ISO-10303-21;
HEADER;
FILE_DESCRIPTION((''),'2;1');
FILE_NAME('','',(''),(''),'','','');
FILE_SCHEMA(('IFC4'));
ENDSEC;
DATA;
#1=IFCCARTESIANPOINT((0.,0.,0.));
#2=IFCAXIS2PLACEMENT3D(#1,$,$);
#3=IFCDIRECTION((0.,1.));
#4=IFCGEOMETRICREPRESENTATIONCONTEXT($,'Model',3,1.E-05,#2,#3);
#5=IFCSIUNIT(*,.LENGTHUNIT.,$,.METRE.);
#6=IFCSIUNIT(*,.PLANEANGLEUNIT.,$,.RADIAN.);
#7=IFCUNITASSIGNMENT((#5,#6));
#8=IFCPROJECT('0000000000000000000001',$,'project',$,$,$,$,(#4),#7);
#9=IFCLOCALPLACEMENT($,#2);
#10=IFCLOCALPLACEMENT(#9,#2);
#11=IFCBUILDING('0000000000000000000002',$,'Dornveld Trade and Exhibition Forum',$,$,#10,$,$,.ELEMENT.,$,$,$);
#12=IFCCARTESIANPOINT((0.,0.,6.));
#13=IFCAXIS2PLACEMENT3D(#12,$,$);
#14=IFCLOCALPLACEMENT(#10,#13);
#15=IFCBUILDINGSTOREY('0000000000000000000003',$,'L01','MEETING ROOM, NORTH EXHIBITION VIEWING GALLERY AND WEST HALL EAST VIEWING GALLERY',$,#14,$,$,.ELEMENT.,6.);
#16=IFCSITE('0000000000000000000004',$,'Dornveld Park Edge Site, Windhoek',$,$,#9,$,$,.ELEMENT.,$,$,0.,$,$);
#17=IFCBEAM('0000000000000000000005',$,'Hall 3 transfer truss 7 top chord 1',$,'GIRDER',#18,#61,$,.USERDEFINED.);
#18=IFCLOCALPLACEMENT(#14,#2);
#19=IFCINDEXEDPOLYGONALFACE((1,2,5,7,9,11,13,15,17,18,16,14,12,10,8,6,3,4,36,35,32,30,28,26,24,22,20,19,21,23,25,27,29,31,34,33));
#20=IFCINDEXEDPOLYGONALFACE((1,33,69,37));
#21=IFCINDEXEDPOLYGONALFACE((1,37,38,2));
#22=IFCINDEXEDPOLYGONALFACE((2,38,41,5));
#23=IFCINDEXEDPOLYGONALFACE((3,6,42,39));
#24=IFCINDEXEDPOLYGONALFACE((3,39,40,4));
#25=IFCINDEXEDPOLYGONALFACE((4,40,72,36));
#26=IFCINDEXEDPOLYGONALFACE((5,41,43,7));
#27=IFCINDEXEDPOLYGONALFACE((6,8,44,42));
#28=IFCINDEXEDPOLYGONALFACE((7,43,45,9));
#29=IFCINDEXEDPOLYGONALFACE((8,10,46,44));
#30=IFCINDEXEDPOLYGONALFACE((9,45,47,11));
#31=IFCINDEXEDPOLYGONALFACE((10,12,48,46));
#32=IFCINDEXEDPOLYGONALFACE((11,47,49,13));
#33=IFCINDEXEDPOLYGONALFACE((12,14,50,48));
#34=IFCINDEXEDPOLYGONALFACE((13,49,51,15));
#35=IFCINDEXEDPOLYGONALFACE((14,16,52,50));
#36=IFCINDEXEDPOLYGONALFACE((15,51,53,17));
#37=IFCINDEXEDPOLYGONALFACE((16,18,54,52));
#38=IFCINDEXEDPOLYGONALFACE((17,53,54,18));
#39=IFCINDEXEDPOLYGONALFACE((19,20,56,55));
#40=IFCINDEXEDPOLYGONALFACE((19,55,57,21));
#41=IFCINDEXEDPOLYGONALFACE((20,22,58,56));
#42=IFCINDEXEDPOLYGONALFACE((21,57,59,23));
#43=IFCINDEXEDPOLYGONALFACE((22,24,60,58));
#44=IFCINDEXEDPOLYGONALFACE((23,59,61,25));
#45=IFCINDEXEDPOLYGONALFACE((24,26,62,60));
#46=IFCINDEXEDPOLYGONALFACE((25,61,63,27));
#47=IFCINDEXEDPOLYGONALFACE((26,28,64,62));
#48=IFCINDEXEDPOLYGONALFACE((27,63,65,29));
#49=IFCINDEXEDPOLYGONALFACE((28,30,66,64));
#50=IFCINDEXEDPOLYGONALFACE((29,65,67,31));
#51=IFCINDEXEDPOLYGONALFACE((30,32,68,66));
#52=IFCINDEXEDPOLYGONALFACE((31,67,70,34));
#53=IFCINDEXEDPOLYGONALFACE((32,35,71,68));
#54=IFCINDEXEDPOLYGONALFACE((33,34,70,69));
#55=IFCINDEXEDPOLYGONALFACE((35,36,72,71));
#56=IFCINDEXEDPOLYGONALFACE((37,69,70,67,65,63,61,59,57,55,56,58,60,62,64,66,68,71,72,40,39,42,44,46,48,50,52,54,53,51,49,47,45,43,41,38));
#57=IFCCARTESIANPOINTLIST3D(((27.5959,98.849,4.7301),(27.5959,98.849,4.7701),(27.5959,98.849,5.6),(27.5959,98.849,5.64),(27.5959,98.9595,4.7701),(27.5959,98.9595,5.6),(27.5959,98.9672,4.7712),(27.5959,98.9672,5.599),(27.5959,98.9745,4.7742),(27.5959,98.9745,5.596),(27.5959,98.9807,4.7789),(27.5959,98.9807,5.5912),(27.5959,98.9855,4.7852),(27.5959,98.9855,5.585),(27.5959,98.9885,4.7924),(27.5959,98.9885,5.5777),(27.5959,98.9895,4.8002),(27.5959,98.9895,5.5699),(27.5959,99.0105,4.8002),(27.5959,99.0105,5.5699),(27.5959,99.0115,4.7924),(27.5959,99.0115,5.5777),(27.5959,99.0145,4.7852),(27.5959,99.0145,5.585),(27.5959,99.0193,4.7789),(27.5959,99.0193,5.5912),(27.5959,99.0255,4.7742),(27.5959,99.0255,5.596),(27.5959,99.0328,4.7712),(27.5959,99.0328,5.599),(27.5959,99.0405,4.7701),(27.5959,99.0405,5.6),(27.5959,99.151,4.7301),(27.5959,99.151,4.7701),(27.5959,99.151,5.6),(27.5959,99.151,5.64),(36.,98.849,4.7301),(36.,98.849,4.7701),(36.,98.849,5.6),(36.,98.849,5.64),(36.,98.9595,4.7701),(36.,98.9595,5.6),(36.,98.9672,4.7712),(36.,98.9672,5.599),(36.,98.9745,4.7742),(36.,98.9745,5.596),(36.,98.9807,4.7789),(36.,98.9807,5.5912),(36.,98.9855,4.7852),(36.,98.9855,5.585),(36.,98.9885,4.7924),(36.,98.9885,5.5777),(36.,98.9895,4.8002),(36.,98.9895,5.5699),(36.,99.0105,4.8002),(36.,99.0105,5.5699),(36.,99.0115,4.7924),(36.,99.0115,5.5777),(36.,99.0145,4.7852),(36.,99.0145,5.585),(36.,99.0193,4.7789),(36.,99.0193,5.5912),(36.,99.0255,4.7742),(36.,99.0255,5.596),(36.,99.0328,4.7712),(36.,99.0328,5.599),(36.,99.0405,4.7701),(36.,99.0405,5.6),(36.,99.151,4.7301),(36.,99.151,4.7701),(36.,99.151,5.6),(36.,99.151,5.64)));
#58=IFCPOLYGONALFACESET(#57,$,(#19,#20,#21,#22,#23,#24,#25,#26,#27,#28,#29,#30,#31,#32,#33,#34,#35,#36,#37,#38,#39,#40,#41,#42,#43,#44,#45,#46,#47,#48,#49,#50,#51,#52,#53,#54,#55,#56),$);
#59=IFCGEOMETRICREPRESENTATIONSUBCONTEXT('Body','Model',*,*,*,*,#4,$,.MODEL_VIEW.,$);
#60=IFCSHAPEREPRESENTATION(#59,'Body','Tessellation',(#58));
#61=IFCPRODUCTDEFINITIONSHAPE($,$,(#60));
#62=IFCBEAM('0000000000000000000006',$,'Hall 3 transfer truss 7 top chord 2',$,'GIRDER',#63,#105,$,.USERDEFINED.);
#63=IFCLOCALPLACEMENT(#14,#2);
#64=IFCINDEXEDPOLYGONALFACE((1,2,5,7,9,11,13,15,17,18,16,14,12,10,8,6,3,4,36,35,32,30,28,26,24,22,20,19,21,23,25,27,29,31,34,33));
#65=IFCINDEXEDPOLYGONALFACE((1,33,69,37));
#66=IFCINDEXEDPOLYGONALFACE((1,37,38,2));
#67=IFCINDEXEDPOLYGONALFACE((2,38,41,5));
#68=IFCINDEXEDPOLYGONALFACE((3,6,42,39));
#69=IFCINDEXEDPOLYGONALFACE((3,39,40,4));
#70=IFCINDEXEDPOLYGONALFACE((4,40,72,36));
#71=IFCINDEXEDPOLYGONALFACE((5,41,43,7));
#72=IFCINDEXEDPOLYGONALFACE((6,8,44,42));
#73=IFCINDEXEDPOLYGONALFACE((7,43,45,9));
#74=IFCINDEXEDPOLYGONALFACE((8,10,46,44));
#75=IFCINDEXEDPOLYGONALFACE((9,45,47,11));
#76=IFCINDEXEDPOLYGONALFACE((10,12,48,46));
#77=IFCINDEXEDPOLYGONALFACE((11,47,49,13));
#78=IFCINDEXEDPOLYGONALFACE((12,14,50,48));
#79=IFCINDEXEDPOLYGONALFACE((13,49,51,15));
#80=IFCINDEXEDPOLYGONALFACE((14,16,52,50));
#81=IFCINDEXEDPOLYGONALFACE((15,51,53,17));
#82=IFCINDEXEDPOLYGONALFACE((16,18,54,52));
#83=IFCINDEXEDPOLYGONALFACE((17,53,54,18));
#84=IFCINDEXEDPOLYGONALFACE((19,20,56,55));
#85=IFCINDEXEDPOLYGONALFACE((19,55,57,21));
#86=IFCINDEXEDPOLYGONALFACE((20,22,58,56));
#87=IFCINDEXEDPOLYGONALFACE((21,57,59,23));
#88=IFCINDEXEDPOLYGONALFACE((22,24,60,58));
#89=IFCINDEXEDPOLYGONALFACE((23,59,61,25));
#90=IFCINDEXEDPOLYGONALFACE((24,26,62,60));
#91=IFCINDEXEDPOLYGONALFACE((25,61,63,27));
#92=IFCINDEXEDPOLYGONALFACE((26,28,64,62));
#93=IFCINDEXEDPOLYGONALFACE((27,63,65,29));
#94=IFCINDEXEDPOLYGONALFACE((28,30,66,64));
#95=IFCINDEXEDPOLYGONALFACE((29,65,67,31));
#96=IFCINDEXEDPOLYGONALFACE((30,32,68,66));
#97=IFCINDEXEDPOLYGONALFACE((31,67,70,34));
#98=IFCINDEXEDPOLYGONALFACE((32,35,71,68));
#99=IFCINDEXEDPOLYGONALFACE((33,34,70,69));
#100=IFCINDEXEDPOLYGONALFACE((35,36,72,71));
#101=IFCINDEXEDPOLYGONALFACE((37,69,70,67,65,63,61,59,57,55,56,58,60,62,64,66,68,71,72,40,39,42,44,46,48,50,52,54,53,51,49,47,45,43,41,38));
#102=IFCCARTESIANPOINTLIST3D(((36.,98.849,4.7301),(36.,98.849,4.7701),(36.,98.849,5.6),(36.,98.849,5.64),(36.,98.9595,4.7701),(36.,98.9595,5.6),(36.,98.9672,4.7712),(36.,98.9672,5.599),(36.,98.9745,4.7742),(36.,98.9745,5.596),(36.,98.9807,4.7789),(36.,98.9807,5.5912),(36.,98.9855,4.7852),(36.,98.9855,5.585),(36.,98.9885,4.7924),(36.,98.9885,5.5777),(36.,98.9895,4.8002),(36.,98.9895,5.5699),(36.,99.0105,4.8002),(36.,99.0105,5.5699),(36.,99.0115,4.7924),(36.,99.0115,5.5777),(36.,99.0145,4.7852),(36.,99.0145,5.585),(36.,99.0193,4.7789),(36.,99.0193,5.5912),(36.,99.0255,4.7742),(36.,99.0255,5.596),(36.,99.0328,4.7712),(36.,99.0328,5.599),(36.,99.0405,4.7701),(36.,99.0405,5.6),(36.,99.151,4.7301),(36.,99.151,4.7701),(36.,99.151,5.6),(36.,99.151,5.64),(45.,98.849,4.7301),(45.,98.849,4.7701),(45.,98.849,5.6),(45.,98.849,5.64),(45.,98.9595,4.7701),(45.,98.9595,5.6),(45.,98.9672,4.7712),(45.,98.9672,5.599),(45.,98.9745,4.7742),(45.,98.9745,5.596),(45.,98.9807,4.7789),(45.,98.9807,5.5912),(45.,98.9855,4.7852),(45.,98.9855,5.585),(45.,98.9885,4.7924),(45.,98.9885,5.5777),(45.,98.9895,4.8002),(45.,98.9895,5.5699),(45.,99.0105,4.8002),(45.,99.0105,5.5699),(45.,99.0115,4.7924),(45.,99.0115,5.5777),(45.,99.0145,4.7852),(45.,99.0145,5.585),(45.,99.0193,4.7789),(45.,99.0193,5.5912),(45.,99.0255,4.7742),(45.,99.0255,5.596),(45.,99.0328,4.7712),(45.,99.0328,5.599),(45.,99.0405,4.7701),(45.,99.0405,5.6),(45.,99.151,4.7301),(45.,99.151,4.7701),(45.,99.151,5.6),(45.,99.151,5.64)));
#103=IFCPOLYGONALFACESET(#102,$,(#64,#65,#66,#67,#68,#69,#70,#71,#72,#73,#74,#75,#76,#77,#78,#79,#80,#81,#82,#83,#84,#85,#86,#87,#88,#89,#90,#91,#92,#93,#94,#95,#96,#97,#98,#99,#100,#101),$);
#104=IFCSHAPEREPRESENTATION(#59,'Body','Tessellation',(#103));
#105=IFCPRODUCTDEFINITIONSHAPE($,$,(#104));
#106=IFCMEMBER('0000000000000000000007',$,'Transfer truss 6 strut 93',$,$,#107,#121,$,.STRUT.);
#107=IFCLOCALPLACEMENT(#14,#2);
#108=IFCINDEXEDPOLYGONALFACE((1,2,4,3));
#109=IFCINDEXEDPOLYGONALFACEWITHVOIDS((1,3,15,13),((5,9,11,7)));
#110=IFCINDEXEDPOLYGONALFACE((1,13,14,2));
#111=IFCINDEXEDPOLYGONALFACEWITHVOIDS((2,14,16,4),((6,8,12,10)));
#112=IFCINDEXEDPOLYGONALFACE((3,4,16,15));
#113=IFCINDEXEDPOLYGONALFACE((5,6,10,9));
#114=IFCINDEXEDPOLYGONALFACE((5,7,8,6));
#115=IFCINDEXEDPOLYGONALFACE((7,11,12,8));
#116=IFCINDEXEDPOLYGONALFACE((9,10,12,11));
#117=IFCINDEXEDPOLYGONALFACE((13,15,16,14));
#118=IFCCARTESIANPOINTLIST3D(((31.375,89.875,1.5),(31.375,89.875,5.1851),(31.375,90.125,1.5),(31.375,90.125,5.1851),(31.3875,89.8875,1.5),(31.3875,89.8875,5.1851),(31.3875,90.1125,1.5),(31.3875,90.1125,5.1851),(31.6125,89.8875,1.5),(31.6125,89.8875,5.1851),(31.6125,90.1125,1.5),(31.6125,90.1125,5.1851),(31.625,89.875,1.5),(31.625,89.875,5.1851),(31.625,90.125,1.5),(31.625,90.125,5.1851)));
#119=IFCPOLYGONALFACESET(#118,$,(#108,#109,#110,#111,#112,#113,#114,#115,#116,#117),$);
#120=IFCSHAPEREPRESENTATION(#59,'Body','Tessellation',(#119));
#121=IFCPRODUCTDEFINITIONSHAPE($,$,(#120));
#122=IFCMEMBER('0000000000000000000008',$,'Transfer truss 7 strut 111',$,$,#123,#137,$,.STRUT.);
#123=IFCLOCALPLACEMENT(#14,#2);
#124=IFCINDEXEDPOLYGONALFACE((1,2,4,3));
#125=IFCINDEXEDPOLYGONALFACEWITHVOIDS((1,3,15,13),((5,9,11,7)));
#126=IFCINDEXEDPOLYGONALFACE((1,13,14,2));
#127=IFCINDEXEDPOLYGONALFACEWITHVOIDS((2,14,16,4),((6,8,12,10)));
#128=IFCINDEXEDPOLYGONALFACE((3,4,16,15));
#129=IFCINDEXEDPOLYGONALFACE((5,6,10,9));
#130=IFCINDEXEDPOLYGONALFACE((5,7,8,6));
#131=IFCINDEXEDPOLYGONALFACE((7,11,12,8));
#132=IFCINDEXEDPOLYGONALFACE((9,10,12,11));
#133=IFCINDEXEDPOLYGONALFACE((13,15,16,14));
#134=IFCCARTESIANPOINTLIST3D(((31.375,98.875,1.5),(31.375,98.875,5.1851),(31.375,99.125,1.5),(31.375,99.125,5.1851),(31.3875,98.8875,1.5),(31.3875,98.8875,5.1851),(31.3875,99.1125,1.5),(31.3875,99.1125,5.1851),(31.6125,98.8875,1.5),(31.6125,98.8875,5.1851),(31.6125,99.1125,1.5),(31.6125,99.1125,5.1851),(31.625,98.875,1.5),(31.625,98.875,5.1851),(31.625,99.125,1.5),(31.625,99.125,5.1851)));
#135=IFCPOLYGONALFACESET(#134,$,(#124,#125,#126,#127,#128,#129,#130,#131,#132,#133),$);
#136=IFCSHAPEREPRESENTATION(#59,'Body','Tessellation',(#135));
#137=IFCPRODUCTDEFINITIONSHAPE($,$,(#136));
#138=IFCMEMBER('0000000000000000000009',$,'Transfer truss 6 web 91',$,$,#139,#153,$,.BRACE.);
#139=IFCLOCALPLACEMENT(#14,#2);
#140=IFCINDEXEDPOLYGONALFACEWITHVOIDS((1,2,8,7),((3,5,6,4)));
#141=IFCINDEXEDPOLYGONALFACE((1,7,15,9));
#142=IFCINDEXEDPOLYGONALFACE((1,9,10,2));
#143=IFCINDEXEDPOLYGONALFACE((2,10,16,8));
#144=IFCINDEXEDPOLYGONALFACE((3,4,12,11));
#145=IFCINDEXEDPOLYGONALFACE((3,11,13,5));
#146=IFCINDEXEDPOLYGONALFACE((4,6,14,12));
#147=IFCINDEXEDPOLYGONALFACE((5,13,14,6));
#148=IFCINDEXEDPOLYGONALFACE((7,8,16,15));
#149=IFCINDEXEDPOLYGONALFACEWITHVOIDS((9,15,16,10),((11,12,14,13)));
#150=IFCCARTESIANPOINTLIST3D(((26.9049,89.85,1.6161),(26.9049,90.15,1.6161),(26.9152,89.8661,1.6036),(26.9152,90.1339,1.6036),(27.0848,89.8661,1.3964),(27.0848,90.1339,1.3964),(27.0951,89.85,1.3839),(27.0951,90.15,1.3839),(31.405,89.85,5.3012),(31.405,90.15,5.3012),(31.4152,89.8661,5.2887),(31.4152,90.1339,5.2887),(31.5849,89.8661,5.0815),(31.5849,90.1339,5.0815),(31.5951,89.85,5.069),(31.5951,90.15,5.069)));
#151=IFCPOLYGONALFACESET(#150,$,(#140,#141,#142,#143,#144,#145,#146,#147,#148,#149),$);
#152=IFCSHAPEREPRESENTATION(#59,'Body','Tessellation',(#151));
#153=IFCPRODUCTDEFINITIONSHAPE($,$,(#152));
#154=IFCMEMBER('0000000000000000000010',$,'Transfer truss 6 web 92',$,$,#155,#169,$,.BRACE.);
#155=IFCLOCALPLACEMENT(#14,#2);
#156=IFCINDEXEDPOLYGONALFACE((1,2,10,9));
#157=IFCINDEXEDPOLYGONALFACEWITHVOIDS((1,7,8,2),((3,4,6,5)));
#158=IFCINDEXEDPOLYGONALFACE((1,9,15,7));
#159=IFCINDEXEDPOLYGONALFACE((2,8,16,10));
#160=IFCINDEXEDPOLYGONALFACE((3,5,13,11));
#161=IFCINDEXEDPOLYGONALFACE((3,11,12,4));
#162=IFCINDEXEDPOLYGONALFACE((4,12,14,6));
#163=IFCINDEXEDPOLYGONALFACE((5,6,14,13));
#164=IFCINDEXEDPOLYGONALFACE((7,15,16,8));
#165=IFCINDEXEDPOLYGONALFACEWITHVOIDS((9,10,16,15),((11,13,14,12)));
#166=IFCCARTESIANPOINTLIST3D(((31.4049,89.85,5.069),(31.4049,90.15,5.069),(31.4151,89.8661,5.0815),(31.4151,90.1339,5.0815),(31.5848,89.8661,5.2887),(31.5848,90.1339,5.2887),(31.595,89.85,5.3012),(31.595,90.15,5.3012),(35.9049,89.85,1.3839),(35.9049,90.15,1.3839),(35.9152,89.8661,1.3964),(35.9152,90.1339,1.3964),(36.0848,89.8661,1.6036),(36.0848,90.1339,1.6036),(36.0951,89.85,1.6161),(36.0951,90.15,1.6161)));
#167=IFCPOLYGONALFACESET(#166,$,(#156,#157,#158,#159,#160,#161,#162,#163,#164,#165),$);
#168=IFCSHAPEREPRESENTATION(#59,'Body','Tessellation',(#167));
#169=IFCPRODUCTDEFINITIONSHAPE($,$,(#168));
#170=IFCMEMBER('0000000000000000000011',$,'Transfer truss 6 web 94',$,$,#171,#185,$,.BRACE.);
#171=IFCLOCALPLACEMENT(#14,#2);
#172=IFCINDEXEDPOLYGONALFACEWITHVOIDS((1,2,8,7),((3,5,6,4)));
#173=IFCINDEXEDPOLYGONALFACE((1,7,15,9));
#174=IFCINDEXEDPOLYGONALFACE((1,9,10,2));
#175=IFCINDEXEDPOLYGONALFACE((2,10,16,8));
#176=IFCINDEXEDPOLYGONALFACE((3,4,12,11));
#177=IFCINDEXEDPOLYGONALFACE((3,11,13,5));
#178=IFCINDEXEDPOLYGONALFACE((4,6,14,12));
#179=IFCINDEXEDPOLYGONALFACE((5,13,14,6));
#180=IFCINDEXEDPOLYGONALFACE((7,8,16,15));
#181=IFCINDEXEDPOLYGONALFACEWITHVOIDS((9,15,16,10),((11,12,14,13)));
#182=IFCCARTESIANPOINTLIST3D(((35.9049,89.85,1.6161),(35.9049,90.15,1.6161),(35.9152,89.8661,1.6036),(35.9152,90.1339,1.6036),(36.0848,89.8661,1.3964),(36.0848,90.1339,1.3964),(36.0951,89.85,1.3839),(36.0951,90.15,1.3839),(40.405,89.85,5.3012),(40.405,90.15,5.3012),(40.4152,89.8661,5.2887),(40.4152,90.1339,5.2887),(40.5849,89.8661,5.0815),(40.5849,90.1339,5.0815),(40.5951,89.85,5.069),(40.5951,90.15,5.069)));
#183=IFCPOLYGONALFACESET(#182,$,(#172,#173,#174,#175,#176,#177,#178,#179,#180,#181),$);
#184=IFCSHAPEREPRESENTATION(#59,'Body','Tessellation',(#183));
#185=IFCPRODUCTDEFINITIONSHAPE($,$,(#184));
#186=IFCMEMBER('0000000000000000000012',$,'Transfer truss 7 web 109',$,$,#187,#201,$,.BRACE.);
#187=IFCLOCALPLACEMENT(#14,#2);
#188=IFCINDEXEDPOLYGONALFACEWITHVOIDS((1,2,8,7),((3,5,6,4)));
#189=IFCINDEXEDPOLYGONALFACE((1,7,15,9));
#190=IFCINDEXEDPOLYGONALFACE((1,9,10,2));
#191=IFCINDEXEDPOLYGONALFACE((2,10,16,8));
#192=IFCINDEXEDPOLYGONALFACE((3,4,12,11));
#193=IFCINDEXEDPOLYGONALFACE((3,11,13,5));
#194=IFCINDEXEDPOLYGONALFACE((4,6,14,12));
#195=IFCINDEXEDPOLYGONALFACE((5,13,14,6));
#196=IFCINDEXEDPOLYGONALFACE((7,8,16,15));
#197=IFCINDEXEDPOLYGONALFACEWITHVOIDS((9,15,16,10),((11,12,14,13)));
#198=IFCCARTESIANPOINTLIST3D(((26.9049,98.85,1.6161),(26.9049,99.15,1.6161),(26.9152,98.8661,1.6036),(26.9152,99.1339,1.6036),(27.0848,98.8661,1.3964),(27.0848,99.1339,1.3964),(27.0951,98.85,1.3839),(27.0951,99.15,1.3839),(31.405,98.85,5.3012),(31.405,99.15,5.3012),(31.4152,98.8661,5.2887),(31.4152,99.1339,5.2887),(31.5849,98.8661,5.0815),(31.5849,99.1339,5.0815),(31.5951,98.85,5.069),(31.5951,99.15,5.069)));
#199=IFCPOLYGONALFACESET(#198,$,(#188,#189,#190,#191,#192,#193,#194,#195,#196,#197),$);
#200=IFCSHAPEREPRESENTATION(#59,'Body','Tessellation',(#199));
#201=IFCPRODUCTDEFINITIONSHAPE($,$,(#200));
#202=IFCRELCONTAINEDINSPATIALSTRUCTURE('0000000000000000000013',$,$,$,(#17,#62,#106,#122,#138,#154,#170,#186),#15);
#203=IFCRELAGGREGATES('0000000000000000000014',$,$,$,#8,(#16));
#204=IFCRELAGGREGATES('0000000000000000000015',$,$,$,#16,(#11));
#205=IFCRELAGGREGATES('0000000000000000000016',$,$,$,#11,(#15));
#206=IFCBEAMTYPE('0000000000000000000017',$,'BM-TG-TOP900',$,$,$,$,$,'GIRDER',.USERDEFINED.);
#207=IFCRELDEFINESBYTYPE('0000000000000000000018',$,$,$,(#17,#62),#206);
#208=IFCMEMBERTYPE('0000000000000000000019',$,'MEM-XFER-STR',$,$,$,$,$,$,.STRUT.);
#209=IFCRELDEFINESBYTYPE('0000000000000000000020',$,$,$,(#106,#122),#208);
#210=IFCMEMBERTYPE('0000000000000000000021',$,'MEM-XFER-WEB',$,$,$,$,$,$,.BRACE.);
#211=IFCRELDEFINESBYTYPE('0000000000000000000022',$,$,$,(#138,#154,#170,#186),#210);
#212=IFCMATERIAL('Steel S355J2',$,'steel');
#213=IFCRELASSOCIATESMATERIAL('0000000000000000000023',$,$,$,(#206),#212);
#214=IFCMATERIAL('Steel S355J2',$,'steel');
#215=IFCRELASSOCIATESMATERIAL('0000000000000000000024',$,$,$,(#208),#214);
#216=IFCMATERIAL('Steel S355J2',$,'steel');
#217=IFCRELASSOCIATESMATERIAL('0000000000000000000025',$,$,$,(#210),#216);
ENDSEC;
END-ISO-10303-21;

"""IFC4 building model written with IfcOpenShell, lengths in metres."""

from ifc_helpers import new_model, si_unit, direction, frame, origin, origin_2d, place, context, subcontext, project, spatial, hollow_rectangle, i_section, extrude, material, material_profile, profile_set, type_object, element, save


model = new_model("IFC4")

# Units and contexts
model_context = context("Model", 3, precision=1e-05, world=origin(), true_north=direction((0.0, 1.0)))
body_context = subcontext(model_context, "Body", "Model", "MODEL_VIEW")
ifc_project = project(units=[si_unit("LENGTHUNIT", "METRE"), si_unit("PLANEANGLEUNIT", "RADIAN")], contexts=[model_context])

# Site, building, storey
site_placement = place(None, origin())
site = spatial("IfcSite", under=ifc_project, at=site_placement, Name="Dornveld Park Edge Site, Windhoek", CompositionType="ELEMENT", RefElevation=0.0)
building_placement = place(site_placement, origin())
building = spatial("IfcBuilding", under=site, at=building_placement, Name="Dornveld Trade and Exhibition Forum", CompositionType="ELEMENT")
storey_placement = place(building_placement, frame((0.0, 0.0, 6.0)))
storey = spatial("IfcBuildingStorey", under=building, at=storey_placement, Name="L01", Description="MEETING ROOM, NORTH EXHIBITION VIEWING GALLERY AND WEST HALL EAST VIEWING GALLERY", CompositionType="ELEMENT", Elevation=6.0)

# Beams
ifc_material_1 = material(Name="Steel S355J2", Category="steel")
ifc_material_profile_1 = material_profile(ifc_material_1, i_section(OverallWidth=0.302, OverallDepth=0.9099, WebThickness=0.021, FlangeThickness=0.04, FilletRadius=0.03, at=origin_2d()), Name="HEM 900")
ifc_profile_set_1 = profile_set([ifc_material_profile_1], Name="Steel S355J2")
beam_type_1 = type_object("IfcBeamType", Name="BM-TG-TOP900", ElementType="GIRDER", PredefinedType="USERDEFINED", material=ifc_profile_set_1)
beam_1_placement = place(storey_placement, frame((27.5959, 99.0, 5.1851), z_axis=(1.0, 0.0, 0.0), x_axis=(0.0, 1.0, 0.0)))
element("IfcBeam", 1, at=beam_1_placement, inside=storey, type_object=beam_type_1, Name="Hall 3 transfer truss 7 top chord 1", ObjectType="GIRDER", PredefinedType="USERDEFINED", context=body_context, shape_type="SweptSolid", body=[
    extrude(i_section(OverallWidth=0.302, OverallDepth=0.9099, WebThickness=0.021, FlangeThickness=0.04, FilletRadius=0.03, at=origin_2d()), origin(), (0.0, 0.0, 1.0), 8.4041),
])
beam_2_placement = place(storey_placement, frame((36.0, 99.0, 5.1851), z_axis=(1.0, 0.0, 0.0), x_axis=(0.0, 1.0, 0.0)))
element("IfcBeam", 2, at=beam_2_placement, inside=storey, type_object=beam_type_1, Name="Hall 3 transfer truss 7 top chord 2", ObjectType="GIRDER", PredefinedType="USERDEFINED", context=body_context, shape_type="SweptSolid", body=[
    extrude(i_section(OverallWidth=0.302, OverallDepth=0.9099, WebThickness=0.021, FlangeThickness=0.04, FilletRadius=0.03, at=origin_2d()), origin(), (0.0, 0.0, 1.0), 9.0),
])

# Members
ifc_material_2 = material(Name="Steel S355J2", Category="steel")
ifc_material_profile_2 = material_profile(ifc_material_2, hollow_rectangle(XDim=0.25, YDim=0.25, WallThickness=0.0125, at=origin_2d()), Name="SHS 250x250x12.5")
ifc_profile_set_2 = profile_set([ifc_material_profile_2], Name="Steel S355J2")
member_type_1 = type_object("IfcMemberType", Name="MEM-XFER-STR", PredefinedType="STRUT", material=ifc_profile_set_2)
for number, where, z_axis, x_axis, name in (
    (3, (31.5, 90.0, 1.5), (0.0, 0.0, 1.0), (1.0, 0.0, 0.0), "Transfer truss 6 strut 93"),
    (4, (31.5, 99.0, 1.5), (0.0, 0.0, 1.0), (1.0, 0.0, 0.0), "Transfer truss 7 strut 111"),
):
    element("IfcMember", number, at=place(storey_placement, frame(where, z_axis=z_axis, x_axis=x_axis)), inside=storey, type_object=member_type_1, Name=name, PredefinedType="STRUT", context=body_context, shape_type="SweptSolid", body=[
        extrude(hollow_rectangle(XDim=0.25, YDim=0.25, WallThickness=0.0125, at=origin_2d()), origin(), (0.0, 0.0, 1.0), 3.6851),
    ])
ifc_material_3 = material(Name="Steel S355J2", Category="steel")
ifc_material_profile_3 = material_profile(ifc_material_3, hollow_rectangle(XDim=0.3, YDim=0.3, WallThickness=0.0161, at=origin_2d()), Name="SHS 300x300x16")
ifc_profile_set_3 = profile_set([ifc_material_profile_3], Name="Steel S355J2")
member_type_2 = type_object("IfcMemberType", Name="MEM-XFER-WEB", PredefinedType="BRACE", material=ifc_profile_set_3)
for number, where, z_axis, x_axis, name in (
    (5, (27.0, 90.0, 1.5), (0.773684, 0.0, 0.633571), (0.0, 1.0, 0.0), "Transfer truss 6 web 91"),
    (6, (36.0, 90.0, 1.5), (-0.773684, 0.0, 0.633571), (0.0, -1.0, 0.0), "Transfer truss 6 web 92"),
    (7, (36.0, 90.0, 1.5), (0.773684, 0.0, 0.633571), (0.0, 1.0, 0.0), "Transfer truss 6 web 94"),
    (8, (27.0, 99.0, 1.5), (0.773684, 0.0, 0.633571), (0.0, 1.0, 0.0), "Transfer truss 7 web 109"),
):
    element("IfcMember", number, at=place(storey_placement, frame(where, z_axis=z_axis, x_axis=x_axis)), inside=storey, type_object=member_type_2, Name=name, PredefinedType="BRACE", context=body_context, shape_type="SweptSolid", body=[
        extrude(hollow_rectangle(XDim=0.3, YDim=0.3, WallThickness=0.0161, at=origin_2d()), origin(), (0.0, 0.0, 1.0), 5.8164),
    ])

save(model, "model.ifc")
